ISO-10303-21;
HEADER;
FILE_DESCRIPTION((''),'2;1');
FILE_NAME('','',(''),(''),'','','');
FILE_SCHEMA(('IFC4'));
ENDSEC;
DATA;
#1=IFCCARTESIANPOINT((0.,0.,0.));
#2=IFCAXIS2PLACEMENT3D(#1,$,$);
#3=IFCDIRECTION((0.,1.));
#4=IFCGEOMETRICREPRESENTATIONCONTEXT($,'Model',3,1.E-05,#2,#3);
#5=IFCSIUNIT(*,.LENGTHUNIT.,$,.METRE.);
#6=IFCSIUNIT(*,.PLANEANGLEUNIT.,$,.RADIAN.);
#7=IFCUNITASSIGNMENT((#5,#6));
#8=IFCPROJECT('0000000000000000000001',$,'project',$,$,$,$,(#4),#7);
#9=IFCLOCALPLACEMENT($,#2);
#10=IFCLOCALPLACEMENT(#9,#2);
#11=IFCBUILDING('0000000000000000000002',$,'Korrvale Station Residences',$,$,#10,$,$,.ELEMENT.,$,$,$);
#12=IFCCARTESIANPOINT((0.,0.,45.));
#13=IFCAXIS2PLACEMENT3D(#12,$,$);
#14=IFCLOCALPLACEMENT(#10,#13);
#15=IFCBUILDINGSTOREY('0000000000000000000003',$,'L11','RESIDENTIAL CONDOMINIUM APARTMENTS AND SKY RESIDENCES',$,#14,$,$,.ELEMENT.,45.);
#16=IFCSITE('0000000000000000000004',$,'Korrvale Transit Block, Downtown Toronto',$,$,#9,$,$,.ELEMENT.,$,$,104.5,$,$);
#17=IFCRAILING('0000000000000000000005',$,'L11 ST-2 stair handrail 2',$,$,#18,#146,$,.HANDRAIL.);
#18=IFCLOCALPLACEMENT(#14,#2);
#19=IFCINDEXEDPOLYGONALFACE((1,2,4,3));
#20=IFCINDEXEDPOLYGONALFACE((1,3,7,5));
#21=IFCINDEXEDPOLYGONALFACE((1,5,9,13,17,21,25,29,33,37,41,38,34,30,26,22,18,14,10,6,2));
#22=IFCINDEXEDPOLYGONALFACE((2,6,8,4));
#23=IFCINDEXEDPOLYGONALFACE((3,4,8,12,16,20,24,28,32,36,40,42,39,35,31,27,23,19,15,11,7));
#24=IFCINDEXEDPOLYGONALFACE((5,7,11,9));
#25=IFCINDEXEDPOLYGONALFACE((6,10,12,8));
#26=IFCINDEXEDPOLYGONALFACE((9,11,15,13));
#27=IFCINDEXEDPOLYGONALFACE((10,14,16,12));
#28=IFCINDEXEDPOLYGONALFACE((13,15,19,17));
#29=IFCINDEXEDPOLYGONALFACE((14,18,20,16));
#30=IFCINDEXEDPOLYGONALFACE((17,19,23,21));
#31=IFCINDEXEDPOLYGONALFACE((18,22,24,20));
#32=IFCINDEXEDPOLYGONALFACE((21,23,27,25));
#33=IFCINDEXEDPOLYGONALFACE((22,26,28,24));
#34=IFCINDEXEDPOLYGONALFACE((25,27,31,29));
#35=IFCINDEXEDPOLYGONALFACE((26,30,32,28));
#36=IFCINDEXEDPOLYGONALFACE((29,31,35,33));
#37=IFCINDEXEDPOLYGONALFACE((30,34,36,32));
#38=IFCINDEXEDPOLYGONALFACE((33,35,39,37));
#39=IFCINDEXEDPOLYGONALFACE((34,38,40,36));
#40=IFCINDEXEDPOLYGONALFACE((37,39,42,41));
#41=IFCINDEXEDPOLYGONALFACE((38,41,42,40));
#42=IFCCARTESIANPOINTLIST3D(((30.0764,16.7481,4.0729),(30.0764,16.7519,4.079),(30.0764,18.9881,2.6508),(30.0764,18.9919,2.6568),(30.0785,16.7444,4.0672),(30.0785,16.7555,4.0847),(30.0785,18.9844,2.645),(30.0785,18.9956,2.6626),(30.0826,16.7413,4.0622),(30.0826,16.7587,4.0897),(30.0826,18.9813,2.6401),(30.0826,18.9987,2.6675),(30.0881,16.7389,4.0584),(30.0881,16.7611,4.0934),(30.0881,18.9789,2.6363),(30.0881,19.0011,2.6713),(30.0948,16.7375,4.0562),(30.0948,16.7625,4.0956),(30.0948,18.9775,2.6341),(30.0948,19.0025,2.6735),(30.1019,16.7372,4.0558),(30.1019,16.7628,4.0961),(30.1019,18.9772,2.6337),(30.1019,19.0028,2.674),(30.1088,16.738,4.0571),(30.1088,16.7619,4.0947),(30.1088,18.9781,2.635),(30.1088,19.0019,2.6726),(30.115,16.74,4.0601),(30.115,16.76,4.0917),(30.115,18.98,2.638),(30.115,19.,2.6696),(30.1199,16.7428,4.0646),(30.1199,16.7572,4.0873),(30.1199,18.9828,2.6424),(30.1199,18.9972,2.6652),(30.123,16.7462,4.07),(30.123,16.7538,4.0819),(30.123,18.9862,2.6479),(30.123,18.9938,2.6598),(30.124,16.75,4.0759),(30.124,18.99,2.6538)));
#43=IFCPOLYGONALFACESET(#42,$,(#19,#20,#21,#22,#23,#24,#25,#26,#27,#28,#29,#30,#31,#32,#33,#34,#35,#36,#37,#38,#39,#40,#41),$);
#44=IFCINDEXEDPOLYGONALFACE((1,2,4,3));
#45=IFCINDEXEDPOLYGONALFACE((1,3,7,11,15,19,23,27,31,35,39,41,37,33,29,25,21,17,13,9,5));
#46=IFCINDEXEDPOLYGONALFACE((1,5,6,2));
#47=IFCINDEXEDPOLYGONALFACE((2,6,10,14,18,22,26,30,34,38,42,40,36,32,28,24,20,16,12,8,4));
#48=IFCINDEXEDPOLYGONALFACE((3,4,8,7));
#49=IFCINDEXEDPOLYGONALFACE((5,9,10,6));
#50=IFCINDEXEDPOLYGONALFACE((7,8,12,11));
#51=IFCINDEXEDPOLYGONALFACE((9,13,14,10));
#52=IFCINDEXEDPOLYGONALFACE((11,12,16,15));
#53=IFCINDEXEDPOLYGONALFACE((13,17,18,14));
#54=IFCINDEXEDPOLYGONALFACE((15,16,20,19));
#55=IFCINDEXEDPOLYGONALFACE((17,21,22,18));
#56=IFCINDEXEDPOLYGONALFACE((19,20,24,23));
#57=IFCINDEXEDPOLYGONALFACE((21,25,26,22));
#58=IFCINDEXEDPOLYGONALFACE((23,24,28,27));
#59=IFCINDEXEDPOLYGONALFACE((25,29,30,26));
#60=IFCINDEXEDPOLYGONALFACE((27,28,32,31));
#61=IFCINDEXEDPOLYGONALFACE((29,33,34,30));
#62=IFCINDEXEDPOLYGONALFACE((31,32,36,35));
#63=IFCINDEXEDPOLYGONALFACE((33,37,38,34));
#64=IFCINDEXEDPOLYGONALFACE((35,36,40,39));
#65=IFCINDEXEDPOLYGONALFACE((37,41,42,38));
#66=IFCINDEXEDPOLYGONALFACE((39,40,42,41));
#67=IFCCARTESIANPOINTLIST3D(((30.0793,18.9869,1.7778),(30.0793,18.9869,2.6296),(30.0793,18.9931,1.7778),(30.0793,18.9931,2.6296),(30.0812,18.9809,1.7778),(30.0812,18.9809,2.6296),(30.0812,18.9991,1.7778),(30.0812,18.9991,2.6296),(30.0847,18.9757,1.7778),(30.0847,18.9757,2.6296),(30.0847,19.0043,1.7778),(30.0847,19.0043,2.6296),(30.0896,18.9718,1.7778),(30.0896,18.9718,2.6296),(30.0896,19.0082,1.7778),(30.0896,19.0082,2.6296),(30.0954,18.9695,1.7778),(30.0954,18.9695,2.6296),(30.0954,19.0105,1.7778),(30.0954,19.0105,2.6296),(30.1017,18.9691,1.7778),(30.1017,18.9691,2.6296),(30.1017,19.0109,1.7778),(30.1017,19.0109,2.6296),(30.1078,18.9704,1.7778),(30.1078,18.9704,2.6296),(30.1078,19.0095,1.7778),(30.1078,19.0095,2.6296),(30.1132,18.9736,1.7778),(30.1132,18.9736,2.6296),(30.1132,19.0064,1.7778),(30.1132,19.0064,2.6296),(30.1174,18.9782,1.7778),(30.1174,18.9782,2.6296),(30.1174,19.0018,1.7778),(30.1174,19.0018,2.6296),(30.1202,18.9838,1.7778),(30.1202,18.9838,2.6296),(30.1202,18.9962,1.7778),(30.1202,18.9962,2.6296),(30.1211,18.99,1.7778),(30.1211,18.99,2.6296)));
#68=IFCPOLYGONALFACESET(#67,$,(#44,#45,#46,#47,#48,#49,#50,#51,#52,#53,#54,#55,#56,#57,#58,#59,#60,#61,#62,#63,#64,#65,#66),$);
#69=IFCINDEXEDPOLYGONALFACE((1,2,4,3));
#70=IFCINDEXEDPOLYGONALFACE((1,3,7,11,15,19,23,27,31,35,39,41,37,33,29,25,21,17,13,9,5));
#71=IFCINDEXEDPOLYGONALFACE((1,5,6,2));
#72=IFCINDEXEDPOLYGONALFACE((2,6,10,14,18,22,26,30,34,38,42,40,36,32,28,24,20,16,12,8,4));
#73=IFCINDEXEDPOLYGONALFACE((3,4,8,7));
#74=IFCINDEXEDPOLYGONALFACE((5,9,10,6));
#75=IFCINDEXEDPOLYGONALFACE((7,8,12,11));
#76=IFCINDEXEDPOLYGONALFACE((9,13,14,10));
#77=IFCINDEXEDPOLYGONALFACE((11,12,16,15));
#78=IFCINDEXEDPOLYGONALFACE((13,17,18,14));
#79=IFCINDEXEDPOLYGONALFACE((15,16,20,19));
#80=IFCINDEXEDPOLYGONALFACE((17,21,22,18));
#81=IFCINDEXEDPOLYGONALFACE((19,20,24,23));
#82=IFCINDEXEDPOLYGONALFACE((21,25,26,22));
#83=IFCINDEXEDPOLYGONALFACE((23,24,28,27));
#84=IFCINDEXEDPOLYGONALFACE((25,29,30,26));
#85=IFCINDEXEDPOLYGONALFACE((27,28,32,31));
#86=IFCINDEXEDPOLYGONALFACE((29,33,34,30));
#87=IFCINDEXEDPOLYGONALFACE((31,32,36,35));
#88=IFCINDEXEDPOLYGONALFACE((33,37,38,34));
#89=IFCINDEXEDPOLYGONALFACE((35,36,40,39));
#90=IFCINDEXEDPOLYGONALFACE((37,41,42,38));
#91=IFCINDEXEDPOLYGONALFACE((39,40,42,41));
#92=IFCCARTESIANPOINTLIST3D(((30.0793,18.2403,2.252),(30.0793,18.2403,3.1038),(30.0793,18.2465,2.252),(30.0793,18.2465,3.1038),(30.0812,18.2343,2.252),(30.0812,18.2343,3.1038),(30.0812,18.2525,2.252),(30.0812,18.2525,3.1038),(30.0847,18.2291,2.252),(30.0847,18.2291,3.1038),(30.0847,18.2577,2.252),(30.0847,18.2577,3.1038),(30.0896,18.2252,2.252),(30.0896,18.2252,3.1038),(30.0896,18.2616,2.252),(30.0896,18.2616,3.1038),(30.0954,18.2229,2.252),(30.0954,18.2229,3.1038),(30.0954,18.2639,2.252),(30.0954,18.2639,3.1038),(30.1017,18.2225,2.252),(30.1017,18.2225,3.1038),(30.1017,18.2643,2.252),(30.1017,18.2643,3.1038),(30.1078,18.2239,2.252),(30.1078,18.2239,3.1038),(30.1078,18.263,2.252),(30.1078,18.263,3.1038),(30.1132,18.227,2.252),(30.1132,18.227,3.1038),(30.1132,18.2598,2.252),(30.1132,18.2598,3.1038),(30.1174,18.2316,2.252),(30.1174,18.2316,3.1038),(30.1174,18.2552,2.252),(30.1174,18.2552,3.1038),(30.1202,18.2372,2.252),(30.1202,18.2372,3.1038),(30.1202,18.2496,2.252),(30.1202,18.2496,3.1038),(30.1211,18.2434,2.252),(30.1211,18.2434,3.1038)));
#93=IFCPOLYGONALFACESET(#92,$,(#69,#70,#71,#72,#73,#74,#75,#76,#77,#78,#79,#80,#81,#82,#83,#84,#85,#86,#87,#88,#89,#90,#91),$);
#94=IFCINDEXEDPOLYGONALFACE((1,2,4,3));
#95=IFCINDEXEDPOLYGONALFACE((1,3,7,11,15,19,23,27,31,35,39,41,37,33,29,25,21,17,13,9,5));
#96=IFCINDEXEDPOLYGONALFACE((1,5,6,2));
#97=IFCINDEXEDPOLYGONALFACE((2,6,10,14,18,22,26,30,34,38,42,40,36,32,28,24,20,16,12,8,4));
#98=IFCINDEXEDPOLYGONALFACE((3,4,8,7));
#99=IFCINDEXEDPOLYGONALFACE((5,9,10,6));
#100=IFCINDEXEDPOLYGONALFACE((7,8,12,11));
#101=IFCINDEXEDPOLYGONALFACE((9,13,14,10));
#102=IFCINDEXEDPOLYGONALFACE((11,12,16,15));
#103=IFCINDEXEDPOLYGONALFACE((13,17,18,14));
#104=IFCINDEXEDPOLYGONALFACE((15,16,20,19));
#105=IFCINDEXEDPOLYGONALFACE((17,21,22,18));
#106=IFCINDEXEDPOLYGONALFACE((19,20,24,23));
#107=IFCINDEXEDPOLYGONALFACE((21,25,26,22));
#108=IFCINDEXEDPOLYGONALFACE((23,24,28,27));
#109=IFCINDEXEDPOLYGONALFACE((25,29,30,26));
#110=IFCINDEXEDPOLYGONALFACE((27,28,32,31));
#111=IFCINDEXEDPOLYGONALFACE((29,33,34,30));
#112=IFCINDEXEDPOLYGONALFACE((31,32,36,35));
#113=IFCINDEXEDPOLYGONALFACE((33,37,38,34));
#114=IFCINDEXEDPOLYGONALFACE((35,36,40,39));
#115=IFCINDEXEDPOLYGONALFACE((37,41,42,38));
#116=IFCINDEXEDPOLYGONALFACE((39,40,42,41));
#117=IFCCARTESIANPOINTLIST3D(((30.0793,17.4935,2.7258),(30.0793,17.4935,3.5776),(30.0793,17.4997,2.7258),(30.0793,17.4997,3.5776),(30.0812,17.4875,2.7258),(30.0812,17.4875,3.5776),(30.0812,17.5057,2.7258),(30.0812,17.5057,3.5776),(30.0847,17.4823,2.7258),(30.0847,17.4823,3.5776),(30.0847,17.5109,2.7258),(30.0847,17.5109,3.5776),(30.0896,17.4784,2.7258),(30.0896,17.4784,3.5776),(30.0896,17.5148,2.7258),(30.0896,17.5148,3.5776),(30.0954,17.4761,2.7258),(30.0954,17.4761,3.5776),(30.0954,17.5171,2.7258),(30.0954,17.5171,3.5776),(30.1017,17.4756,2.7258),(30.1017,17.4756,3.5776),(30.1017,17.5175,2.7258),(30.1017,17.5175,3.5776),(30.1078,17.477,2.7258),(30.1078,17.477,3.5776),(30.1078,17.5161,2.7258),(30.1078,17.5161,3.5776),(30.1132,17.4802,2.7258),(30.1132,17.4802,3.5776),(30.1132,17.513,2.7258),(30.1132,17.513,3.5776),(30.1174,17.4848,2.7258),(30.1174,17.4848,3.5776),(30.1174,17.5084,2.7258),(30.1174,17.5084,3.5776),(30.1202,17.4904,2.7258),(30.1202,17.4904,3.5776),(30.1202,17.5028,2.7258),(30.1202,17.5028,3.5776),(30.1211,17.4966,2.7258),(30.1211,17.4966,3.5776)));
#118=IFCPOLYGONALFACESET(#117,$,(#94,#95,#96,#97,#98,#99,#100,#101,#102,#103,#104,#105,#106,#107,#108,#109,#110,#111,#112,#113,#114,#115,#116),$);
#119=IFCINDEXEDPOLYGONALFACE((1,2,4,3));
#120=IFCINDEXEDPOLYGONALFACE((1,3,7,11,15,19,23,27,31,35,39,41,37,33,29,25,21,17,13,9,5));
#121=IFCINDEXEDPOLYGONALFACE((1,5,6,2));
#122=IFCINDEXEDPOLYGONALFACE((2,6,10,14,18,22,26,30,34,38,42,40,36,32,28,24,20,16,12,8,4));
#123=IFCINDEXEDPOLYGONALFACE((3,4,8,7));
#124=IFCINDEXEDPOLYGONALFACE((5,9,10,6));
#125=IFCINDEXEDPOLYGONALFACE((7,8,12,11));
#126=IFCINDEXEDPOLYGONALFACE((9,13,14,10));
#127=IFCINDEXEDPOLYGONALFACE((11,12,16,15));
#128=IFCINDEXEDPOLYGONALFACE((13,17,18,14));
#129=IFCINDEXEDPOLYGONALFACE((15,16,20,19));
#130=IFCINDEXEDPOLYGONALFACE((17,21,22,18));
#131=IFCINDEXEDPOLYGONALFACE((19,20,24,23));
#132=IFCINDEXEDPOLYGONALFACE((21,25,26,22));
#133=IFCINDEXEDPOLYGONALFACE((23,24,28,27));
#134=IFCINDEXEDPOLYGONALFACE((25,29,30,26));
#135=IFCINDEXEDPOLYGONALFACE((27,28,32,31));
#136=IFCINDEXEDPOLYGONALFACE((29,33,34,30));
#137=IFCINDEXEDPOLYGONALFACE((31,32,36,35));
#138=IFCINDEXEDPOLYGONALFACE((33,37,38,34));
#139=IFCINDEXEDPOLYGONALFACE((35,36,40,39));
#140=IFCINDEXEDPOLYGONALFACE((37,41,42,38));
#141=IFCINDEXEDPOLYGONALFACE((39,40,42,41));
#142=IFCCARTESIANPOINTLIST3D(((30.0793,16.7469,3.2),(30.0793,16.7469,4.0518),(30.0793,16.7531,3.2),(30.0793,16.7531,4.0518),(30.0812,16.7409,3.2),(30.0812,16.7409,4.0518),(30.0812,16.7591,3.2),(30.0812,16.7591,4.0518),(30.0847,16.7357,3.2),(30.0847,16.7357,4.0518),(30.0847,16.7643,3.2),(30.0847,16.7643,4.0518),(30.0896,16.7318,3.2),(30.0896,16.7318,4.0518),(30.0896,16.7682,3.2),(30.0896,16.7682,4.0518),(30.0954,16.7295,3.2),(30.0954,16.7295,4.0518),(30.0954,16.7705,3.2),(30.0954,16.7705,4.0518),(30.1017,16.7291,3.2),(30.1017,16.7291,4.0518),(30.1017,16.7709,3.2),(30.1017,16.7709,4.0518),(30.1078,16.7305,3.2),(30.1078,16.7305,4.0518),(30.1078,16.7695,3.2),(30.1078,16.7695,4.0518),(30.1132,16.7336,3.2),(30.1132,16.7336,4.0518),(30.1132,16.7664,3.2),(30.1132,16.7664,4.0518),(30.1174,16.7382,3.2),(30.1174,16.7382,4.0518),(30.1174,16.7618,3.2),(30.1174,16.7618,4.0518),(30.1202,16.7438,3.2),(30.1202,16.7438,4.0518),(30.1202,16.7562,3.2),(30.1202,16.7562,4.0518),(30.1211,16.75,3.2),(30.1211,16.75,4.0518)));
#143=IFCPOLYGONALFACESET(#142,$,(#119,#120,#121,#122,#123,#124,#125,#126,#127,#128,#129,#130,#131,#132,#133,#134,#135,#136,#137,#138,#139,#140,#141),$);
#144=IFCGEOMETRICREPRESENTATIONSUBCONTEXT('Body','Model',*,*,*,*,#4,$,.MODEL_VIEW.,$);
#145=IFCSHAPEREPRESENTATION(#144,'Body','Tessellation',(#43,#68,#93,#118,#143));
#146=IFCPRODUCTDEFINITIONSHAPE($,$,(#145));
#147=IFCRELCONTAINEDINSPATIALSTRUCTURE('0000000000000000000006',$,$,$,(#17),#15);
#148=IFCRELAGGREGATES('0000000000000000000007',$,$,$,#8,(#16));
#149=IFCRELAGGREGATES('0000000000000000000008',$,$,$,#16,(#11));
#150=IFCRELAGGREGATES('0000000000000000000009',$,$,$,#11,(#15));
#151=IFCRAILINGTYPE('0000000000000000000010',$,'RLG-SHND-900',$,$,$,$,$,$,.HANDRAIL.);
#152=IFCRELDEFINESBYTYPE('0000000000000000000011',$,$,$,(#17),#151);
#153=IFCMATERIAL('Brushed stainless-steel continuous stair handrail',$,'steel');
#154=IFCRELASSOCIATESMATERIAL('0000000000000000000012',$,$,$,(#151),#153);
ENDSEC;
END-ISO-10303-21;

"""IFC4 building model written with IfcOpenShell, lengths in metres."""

from ifc_helpers import new_model, si_unit, direction, frame, origin, origin_2d, place, context, subcontext, project, spatial, circle, extrude, material, type_object, element, save


model = new_model("IFC4")

# Units and contexts
model_context = context("Model", 3, precision=1e-05, world=origin(), true_north=direction((0.0, 1.0)))
body_context = subcontext(model_context, "Body", "Model", "MODEL_VIEW")
ifc_project = project(units=[si_unit("LENGTHUNIT", "METRE"), si_unit("PLANEANGLEUNIT", "RADIAN")], contexts=[model_context])

# Site, building, storey
site_placement = place(None, origin())
site = spatial("IfcSite", under=ifc_project, at=site_placement, Name="Korrvale Transit Block, Downtown Toronto", CompositionType="ELEMENT", RefElevation=104.5)
building_placement = place(site_placement, origin())
building = spatial("IfcBuilding", under=site, at=building_placement, Name="Korrvale Station Residences", CompositionType="ELEMENT")
storey_placement = place(building_placement, frame((0.0, 0.0, 45.0)))
storey = spatial("IfcBuildingStorey", under=building, at=storey_placement, Name="L11", Description="RESIDENTIAL CONDOMINIUM APARTMENTS AND SKY RESIDENCES", CompositionType="ELEMENT", Elevation=45.0)

# Railing
ifc_material_1 = material(Name="Brushed stainless-steel continuous stair handrail", Category="steel")
railing_type_1 = type_object("IfcRailingType", Name="RLG-SHND-900", PredefinedType="HANDRAIL", material=ifc_material_1)
railing_1_placement = place(storey_placement, frame((30.1001, 18.99, 1.7778)))
element("IfcRailing", 1, at=railing_1_placement, inside=storey, type_object=railing_type_1, Name="L11 ST-2 stair handrail 2", PredefinedType="HANDRAIL", context=body_context, shape_type="SweptSolid", body=[
    extrude(circle(Radius=0.0239, at=origin_2d()), frame((0.0, 0.0, 0.876), z_axis=(0.0, -0.844229, 0.535982), x_axis=(1.0, 0.0, 0.0)), (0.0, 0.0, 1.0), 2.6533),
    extrude(circle(Radius=0.021, at=origin_2d()), origin(), (0.0, 0.0, 1.0), 0.8518),
    extrude(circle(Radius=0.021, at=origin_2d()), frame((0.0, -0.7466, 0.4741)), (0.0, 0.0, 1.0), 0.8518),
    extrude(circle(Radius=0.021, at=origin_2d()), frame((0.0, -1.4934, 0.948)), (0.0, 0.0, 1.0), 0.8518),
    extrude(circle(Radius=0.021, at=origin_2d()), frame((0.0, -2.24, 1.4221)), (0.0, 0.0, 1.0), 0.8518),
])

save(model, "model.ifc")
